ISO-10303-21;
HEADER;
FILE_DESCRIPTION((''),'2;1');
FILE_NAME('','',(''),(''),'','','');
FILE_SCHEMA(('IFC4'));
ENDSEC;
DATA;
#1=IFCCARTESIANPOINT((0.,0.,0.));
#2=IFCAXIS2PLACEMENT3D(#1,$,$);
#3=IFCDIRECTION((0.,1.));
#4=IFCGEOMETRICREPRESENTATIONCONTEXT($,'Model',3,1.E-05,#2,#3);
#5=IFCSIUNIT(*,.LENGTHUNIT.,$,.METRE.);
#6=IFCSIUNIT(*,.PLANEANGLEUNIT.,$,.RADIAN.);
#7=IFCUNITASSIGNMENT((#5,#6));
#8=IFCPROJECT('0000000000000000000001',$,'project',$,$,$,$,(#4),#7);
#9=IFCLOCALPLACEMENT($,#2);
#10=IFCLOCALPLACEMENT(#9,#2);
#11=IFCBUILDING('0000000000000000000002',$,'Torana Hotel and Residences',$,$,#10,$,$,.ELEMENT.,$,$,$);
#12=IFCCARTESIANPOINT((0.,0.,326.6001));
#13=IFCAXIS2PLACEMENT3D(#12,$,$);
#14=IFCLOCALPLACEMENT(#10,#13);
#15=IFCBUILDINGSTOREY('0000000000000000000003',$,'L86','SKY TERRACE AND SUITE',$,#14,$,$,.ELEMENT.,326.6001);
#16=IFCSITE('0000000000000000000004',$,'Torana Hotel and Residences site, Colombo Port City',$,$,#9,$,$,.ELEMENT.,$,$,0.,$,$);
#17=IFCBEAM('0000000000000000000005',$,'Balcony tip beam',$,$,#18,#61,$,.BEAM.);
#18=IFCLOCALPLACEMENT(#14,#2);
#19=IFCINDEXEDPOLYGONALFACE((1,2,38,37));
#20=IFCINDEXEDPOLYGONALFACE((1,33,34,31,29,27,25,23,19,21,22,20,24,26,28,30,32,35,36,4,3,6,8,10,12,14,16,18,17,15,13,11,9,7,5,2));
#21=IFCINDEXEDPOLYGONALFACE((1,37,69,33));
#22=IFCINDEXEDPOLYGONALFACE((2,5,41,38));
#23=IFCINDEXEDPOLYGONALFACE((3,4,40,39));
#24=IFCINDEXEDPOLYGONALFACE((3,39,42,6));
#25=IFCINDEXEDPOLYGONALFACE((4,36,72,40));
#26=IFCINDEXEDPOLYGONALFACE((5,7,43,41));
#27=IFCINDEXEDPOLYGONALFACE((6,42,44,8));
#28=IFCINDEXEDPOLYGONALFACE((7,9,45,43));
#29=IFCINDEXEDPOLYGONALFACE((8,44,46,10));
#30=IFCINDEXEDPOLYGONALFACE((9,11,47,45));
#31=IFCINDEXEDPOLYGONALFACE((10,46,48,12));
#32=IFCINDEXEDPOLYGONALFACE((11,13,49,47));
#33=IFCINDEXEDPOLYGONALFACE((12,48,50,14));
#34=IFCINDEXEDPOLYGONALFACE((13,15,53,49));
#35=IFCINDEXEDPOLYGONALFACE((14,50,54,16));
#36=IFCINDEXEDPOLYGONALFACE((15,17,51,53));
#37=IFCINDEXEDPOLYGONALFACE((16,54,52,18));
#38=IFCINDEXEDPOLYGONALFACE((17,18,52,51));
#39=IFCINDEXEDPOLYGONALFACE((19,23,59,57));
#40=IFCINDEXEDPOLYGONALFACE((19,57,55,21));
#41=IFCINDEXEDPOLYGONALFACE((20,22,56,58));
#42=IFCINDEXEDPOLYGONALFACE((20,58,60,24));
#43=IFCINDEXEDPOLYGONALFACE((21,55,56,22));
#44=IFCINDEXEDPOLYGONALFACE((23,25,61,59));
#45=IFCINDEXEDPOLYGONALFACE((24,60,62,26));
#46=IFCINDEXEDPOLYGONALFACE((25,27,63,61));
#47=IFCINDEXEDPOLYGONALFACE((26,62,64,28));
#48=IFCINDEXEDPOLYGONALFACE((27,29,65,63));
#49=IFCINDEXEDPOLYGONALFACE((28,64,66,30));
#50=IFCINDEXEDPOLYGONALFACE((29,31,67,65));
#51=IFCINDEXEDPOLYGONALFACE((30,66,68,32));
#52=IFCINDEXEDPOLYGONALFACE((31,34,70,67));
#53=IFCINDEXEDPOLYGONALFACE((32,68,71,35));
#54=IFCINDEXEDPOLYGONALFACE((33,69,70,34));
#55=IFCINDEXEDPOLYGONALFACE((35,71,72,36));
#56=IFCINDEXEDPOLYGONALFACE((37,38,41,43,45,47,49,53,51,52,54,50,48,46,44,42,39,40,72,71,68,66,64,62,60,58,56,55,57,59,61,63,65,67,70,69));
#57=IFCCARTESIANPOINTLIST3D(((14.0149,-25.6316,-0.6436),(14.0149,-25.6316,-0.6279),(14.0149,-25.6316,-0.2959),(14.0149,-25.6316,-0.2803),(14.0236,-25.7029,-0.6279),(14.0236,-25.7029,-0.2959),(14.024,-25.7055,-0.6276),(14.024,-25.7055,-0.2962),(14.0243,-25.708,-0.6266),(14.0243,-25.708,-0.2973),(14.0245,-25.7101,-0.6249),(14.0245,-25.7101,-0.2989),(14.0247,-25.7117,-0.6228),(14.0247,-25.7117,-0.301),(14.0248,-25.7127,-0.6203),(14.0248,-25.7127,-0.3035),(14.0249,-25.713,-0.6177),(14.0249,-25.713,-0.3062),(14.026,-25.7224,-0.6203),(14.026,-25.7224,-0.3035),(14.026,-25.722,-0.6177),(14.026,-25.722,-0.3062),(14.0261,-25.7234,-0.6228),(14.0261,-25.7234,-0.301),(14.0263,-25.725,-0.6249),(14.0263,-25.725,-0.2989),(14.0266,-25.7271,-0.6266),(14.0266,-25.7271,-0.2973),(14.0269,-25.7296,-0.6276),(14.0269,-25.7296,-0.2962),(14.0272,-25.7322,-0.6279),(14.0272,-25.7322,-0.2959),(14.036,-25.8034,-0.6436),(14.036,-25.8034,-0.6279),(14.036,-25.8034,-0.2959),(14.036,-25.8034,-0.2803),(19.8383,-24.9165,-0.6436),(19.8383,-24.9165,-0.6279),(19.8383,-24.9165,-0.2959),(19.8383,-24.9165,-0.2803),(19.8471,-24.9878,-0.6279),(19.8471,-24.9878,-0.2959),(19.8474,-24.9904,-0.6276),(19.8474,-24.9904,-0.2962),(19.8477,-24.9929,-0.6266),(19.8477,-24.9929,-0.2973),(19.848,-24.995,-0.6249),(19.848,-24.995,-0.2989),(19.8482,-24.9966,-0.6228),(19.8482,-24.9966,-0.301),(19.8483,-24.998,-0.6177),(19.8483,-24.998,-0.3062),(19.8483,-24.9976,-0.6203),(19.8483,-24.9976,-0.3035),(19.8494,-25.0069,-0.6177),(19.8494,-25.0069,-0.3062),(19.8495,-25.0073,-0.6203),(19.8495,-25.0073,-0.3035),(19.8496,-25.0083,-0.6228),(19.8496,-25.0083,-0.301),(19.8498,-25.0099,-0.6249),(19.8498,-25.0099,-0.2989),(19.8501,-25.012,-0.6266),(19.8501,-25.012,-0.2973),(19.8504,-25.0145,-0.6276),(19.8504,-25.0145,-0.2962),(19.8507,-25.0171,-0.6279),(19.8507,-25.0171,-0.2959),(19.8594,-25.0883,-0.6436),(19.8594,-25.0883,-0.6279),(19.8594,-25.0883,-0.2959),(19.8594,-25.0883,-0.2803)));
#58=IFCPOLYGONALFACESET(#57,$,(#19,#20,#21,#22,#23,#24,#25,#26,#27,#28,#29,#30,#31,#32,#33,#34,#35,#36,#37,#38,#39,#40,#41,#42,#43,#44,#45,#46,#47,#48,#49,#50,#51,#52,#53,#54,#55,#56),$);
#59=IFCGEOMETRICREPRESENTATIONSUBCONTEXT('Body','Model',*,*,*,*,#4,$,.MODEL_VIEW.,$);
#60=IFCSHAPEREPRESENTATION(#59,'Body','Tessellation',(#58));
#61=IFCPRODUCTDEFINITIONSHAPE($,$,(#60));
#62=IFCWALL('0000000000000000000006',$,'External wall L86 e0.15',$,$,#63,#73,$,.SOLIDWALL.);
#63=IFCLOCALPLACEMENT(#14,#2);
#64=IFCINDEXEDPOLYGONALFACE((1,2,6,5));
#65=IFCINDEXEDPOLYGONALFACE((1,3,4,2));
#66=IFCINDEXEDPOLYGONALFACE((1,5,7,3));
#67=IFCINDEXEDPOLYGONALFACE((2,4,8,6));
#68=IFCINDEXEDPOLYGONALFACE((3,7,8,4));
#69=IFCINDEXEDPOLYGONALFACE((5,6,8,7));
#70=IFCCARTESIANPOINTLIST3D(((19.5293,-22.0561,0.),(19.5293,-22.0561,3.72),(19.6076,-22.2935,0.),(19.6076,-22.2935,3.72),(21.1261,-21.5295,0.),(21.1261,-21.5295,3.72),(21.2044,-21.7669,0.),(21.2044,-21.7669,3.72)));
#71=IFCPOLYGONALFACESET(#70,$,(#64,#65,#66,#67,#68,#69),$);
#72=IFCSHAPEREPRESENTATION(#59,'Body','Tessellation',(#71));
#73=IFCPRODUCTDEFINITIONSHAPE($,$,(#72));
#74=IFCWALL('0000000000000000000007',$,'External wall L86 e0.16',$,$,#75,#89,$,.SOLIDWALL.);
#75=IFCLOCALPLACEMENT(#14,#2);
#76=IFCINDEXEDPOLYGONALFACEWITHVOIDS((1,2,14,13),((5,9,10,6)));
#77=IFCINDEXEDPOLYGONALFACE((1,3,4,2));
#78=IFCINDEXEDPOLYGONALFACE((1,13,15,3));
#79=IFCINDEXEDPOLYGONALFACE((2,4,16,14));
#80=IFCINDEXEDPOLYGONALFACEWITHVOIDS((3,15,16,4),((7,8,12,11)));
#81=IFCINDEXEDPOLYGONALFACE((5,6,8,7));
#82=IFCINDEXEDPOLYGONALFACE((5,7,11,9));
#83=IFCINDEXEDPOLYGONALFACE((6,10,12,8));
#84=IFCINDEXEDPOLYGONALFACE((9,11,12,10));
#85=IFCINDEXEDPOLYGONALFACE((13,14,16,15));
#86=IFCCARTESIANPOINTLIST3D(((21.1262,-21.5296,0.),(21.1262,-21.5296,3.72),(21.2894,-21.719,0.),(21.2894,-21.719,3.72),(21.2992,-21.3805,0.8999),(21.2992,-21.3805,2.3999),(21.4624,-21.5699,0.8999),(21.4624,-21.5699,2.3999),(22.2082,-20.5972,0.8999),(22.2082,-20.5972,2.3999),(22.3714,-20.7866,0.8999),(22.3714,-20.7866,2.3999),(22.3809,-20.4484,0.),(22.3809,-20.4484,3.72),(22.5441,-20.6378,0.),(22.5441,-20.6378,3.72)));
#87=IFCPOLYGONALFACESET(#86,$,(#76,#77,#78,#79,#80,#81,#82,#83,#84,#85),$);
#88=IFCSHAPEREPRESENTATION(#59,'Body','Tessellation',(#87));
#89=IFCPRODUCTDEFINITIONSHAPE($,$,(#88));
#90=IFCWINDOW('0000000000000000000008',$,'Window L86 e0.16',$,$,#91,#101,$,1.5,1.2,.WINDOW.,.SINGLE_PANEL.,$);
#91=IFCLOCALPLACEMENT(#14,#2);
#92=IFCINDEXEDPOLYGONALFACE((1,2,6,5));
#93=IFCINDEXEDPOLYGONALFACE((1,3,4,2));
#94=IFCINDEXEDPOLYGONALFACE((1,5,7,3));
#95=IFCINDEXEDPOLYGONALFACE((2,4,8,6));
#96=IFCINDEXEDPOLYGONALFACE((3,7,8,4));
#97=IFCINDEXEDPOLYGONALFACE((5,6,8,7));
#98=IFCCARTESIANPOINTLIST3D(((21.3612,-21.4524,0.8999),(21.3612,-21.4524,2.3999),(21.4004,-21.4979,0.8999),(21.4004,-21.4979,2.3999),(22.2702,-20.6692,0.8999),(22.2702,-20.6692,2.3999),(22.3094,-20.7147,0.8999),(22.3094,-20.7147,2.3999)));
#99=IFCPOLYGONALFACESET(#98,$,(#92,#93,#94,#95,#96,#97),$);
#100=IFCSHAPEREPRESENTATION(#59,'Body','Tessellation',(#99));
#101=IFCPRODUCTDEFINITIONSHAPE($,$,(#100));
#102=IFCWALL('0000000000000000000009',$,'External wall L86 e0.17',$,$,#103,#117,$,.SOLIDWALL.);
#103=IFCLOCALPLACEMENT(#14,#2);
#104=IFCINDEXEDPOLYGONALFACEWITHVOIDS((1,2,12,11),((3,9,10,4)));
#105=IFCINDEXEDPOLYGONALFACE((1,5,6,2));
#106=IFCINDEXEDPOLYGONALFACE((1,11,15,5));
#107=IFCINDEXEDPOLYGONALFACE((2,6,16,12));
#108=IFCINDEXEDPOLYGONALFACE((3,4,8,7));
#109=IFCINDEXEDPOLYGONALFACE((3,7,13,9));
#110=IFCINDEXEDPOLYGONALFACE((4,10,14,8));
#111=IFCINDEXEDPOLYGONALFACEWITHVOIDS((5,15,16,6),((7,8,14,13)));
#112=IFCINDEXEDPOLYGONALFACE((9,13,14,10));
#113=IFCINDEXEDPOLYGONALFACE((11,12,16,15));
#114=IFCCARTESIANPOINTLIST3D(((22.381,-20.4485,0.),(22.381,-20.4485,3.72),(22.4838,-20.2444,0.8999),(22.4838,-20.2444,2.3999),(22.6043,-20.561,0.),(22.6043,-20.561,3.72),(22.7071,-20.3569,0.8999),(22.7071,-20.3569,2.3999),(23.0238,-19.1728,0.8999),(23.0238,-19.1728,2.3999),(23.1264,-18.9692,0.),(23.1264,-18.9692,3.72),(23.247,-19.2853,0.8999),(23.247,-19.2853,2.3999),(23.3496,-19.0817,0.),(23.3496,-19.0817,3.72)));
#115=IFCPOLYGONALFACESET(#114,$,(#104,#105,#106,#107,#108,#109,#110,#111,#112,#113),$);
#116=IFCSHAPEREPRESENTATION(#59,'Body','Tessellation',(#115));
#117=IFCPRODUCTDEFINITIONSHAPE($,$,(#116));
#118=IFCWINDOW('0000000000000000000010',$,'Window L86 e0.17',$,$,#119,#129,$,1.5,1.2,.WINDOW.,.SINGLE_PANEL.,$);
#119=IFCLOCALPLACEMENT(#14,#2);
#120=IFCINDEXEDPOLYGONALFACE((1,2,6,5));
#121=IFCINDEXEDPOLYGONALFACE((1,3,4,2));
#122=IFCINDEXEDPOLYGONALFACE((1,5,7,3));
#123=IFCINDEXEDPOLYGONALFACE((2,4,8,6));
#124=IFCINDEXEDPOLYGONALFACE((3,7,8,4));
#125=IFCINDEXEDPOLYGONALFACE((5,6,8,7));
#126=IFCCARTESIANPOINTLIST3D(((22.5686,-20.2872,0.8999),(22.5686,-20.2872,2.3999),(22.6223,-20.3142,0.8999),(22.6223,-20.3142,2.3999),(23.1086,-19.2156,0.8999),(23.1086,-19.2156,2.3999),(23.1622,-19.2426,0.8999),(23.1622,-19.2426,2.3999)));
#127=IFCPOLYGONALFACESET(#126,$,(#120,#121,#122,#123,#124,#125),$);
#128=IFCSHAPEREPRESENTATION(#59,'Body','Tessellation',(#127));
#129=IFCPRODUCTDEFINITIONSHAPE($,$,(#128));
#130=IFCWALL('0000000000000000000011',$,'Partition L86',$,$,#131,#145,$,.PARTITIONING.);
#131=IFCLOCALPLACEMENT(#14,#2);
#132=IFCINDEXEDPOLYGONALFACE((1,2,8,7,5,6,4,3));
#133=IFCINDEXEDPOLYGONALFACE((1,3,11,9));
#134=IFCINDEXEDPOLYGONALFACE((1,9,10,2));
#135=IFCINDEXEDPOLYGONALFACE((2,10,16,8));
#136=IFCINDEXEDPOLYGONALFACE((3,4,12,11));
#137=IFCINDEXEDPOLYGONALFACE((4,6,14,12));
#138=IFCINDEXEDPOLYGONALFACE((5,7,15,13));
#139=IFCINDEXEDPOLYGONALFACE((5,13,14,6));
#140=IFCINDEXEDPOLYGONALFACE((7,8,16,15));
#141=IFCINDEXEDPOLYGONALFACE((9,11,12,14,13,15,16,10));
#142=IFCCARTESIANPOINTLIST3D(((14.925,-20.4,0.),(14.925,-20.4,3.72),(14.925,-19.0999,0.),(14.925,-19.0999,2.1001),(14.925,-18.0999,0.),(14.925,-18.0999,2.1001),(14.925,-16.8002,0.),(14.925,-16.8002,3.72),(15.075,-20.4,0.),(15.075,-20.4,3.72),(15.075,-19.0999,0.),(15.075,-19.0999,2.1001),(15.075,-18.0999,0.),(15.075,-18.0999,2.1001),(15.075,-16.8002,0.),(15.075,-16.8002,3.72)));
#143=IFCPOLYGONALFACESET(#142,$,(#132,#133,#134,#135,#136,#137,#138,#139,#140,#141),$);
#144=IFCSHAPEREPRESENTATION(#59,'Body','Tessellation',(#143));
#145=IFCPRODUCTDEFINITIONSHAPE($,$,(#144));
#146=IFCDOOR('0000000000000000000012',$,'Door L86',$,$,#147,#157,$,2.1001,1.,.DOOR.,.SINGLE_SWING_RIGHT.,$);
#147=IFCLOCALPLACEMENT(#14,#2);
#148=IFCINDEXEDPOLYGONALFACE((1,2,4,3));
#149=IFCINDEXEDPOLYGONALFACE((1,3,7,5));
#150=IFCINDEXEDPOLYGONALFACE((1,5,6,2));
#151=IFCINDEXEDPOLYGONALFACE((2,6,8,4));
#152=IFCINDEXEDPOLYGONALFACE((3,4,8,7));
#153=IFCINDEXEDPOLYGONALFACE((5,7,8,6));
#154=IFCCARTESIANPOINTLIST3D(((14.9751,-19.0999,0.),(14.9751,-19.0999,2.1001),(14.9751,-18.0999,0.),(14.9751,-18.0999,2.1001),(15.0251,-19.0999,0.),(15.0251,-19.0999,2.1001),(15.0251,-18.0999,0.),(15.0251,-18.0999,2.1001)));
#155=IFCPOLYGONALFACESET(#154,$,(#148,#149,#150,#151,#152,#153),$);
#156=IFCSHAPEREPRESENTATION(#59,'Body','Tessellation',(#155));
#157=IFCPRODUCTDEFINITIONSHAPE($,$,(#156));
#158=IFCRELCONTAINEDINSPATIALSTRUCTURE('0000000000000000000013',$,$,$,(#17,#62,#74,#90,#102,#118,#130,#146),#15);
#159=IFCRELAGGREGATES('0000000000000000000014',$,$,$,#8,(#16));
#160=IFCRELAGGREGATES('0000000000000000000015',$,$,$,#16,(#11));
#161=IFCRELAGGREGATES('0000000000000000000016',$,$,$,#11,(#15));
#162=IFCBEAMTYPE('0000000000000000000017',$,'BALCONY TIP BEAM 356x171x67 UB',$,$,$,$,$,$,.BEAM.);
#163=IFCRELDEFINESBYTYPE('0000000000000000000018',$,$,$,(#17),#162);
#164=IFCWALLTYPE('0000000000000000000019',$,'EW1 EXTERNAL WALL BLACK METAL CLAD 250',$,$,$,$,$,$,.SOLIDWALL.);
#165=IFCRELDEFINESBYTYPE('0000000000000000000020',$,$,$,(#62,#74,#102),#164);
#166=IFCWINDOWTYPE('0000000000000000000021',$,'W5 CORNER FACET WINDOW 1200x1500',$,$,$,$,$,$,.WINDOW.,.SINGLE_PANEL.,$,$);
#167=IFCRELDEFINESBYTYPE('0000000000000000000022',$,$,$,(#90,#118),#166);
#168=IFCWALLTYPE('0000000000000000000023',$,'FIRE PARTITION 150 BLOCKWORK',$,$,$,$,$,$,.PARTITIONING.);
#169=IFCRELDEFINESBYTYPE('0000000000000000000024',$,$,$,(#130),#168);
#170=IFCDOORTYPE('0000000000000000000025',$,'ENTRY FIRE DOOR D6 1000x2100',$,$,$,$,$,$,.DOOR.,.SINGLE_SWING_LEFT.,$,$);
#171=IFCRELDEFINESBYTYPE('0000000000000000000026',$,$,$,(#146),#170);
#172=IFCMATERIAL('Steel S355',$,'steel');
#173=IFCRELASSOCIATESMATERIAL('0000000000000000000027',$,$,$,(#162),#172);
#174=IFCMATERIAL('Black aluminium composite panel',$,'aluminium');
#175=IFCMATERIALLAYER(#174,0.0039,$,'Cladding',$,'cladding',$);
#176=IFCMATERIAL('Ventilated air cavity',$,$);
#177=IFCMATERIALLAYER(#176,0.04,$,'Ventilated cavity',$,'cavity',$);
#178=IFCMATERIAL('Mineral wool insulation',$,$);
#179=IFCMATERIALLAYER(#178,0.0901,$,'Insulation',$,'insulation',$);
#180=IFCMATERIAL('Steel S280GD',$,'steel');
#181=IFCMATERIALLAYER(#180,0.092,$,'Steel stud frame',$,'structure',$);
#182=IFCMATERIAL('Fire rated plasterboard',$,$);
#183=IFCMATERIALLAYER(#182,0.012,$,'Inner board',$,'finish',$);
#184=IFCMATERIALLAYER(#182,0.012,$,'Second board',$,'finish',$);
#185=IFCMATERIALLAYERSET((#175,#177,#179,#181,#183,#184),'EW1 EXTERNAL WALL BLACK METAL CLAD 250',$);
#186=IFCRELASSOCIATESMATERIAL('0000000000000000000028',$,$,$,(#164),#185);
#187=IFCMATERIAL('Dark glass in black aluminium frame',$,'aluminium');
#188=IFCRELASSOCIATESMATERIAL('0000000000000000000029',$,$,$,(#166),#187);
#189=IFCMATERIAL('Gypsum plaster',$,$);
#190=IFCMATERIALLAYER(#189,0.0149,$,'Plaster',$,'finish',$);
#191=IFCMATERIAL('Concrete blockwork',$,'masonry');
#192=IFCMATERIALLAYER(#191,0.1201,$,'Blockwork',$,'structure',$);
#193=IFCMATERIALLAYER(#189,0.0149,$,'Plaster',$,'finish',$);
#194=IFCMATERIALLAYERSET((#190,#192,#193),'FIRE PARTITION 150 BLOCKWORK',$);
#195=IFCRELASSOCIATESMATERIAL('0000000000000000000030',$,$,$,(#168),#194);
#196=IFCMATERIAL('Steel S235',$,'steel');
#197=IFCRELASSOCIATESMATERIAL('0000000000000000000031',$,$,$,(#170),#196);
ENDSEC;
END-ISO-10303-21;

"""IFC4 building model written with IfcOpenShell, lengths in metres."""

from ifc_helpers import new_model, si_unit, direction, frame, frame_2d, origin, origin_2d, place, context, subcontext, project, spatial, rectangle, i_section, extrude, material, layer, layer_set, material_profile, profile_set, type_object, element, fill, save


model = new_model("IFC4")

# Units and contexts
model_context = context("Model", 3, precision=1e-05, world=origin(), true_north=direction((0.0, 1.0)))
body_context = subcontext(model_context, "Body", "Model", "MODEL_VIEW")
ifc_project = project(units=[si_unit("LENGTHUNIT", "METRE"), si_unit("PLANEANGLEUNIT", "RADIAN")], contexts=[model_context])

# Site, building, storey
site_placement = place(None, origin())
site = spatial("IfcSite", under=ifc_project, at=site_placement, Name="Torana Hotel and Residences site, Colombo Port City", CompositionType="ELEMENT", RefElevation=0.0)
building_placement = place(site_placement, origin())
building = spatial("IfcBuilding", under=site, at=building_placement, Name="Torana Hotel and Residences", CompositionType="ELEMENT")
storey_placement = place(building_placement, frame((0.0, 0.0, 326.6001)))
storey = spatial("IfcBuildingStorey", under=building, at=storey_placement, Name="L86", Description="SKY TERRACE AND SUITE", CompositionType="ELEMENT", Elevation=326.6001)

# Beam
ifc_material_1 = material(Name="Steel S355", Category="steel")
ifc_material_profile_1 = material_profile(ifc_material_1, i_section(OverallWidth=0.1731, OverallDepth=0.3633, WebThickness=0.009, FlangeThickness=0.0156, FilletRadius=0.0103, at=origin_2d()), Name="356x171x67 UB")
ifc_profile_set_1 = profile_set([ifc_material_profile_1], Name="Steel S355")
beam_type_1 = type_object("IfcBeamType", Name="BALCONY TIP BEAM 356x171x67 UB", PredefinedType="BEAM", material=ifc_profile_set_1)
beam_1_placement = place(storey_placement, frame((19.8489, -25.0024, -0.4619), z_axis=(-0.992545, -0.121878, 0.0), x_axis=(0.121878, -0.992545, 0.0)))
element("IfcBeam", 1, at=beam_1_placement, inside=storey, type_object=beam_type_1, Name="Balcony tip beam", PredefinedType="BEAM", context=body_context, shape_type="SweptSolid", body=[
    extrude(i_section(OverallWidth=0.1731, OverallDepth=0.3633, WebThickness=0.009, FlangeThickness=0.0156, FilletRadius=0.0103, at=origin_2d()), origin(), (0.0, 0.0, 1.0), 5.8672),
])

# Wall
ifc_material_2 = material(Name="Black aluminium composite panel", Category="aluminium")
ifc_layer_1 = layer(ifc_material_2, 0.0039, Name="Cladding", Category="cladding")
ifc_material_3 = material(Name="Ventilated air cavity")
ifc_layer_2 = layer(ifc_material_3, 0.04, Name="Ventilated cavity", Category="cavity")
ifc_material_4 = material(Name="Mineral wool insulation")
ifc_layer_3 = layer(ifc_material_4, 0.0901, Name="Insulation", Category="insulation")
ifc_material_5 = material(Name="Steel S280GD", Category="steel")
ifc_layer_4 = layer(ifc_material_5, 0.092, Name="Steel stud frame", Category="structure")
ifc_material_6 = material(Name="Fire rated plasterboard")
ifc_layer_5 = layer(ifc_material_6, 0.012, Name="Inner board", Category="finish")
ifc_layer_6 = layer(ifc_material_6, 0.012, Name="Second board", Category="finish")
ifc_layer_set_1 = layer_set([ifc_layer_1, ifc_layer_2, ifc_layer_3, ifc_layer_4, ifc_layer_5, ifc_layer_6], Name="EW1 EXTERNAL WALL BLACK METAL CLAD 250")
wall_type_1 = type_object("IfcWallType", Name="EW1 EXTERNAL WALL BLACK METAL CLAD 250", PredefinedType="SOLIDWALL", material=ifc_layer_set_1)
wall_1_placement = place(storey_placement, frame((19.5684, -22.1748, 0.0), z_axis=(0.0, 0.0, 1.0), x_axis=(0.949695, 0.313177, 0.0)))
element("IfcWall", 2, at=wall_1_placement, inside=storey, type_object=wall_type_1, Name="External wall L86 e0.15", PredefinedType="SOLIDWALL", context=body_context, shape_type="SweptSolid", body=[
    extrude(rectangle(XDim=1.6814, YDim=0.25, at=frame_2d((0.8408, 0.0))), origin(), (0.0, 0.0, 1.0), 3.72),
])

# Walls, openings, windows
wall_2_placement = place(storey_placement, frame((21.2078, -21.6243, 0.0), z_axis=(0.0, 0.0, 1.0), x_axis=(0.757568, 0.652756, 0.0)))
wall_2 = element("IfcWall", 3, at=wall_2_placement, inside=storey, type_object=wall_type_1, Name="External wall L86 e0.16", PredefinedType="SOLIDWALL", context=body_context, shape_type="SweptSolid", body=[
    extrude(rectangle(XDim=1.6562, YDim=0.25, at=frame_2d((0.8281, 0.0))), origin(), (0.0, 0.0, 1.0), 3.72),
])
opening_1_placement = place(wall_2_placement, frame((0.2283, 0.0, 0.8999)))
opening_1 = element("IfcOpeningElement", 4, at=opening_1_placement, cuts=wall_2, PredefinedType="OPENING", context=body_context, shape_type="SweptSolid", body=[
    extrude(rectangle(XDim=1.2, YDim=1.5, at=frame_2d((0.6001, 0.75))), frame((0.0, 0.135, 0.0), z_axis=(0.0, -1.0, 0.0), x_axis=(1.0, 0.0, 0.0)), (0.0, 0.0, 1.0), 0.27),
])
ifc_material_7 = material(Name="Dark glass in black aluminium frame", Category="aluminium")
window_type = type_object("IfcWindowType", Name="W5 CORNER FACET WINDOW 1200x1500", PartitioningType="SINGLE_PANEL", PredefinedType="WINDOW", material=ifc_material_7)
window_1_placement = place(opening_1_placement, origin())
window_1 = element("IfcWindow", 5, at=window_1_placement, inside=storey, type_object=window_type, Name="Window L86 e0.16", OverallHeight=1.5, OverallWidth=1.2, PartitioningType="SINGLE_PANEL", PredefinedType="WINDOW", context=body_context, shape_type="SweptSolid", body=[
    extrude(rectangle(XDim=1.2, YDim=1.5, at=frame_2d((0.6001, 0.75))), frame((0.0, 0.03, 0.0), z_axis=(0.0, -1.0, 0.0), x_axis=(1.0, 0.0, 0.0)), (0.0, 0.0, 1.0), 0.0601),
])
fill(opening_1, window_1)
wall_3_placement = place(storey_placement, frame((22.4927, -20.5046, 0.0), z_axis=(0.0, 0.0, 1.0), x_axis=(0.449982, 0.893037, 0.0)))
wall_3 = element("IfcWall", 6, at=wall_3_placement, inside=storey, type_object=wall_type_1, Name="External wall L86 e0.17", PredefinedType="SOLIDWALL", context=body_context, shape_type="SweptSolid", body=[
    extrude(rectangle(XDim=1.6565, YDim=0.25, at=frame_2d((0.8281, 0.0))), origin(), (0.0, 0.0, 1.0), 3.72),
])
opening_2_placement = place(wall_3_placement, frame((0.2283, 0.0, 0.8999)))
opening_2 = element("IfcOpeningElement", 7, at=opening_2_placement, cuts=wall_3, PredefinedType="OPENING", context=body_context, shape_type="SweptSolid", body=[
    extrude(rectangle(XDim=1.2, YDim=1.5, at=frame_2d((0.6001, 0.75))), frame((0.0, 0.135, 0.0), z_axis=(0.0, -1.0, 0.0), x_axis=(1.0, 0.0, 0.0)), (0.0, 0.0, 1.0), 0.27),
])
window_2_placement = place(opening_2_placement, origin())
window_2 = element("IfcWindow", 8, at=window_2_placement, inside=storey, type_object=window_type, Name="Window L86 e0.17", OverallHeight=1.5, OverallWidth=1.2, PartitioningType="SINGLE_PANEL", PredefinedType="WINDOW", context=body_context, shape_type="SweptSolid", body=[
    extrude(rectangle(XDim=1.2, YDim=1.5, at=frame_2d((0.6001, 0.75))), frame((0.0, 0.03, 0.0), z_axis=(0.0, -1.0, 0.0), x_axis=(1.0, 0.0, 0.0)), (0.0, 0.0, 1.0), 0.0601),
])
fill(opening_2, window_2)

# Wall, opening, door
ifc_material_8 = material(Name="Gypsum plaster")
ifc_layer_7 = layer(ifc_material_8, 0.0149, Name="Plaster", Category="finish")
ifc_material_9 = material(Name="Concrete blockwork", Category="masonry")
ifc_layer_8 = layer(ifc_material_9, 0.1201, Name="Blockwork", Category="structure")
ifc_layer_9 = layer(ifc_material_8, 0.0149, Name="Plaster", Category="finish")
ifc_layer_set_2 = layer_set([ifc_layer_7, ifc_layer_8, ifc_layer_9], Name="FIRE PARTITION 150 BLOCKWORK")
wall_type_2 = type_object("IfcWallType", Name="FIRE PARTITION 150 BLOCKWORK", PredefinedType="PARTITIONING", material=ifc_layer_set_2)
wall_4_placement = place(storey_placement, frame((15.0, -20.3999, 0.0), z_axis=(0.0, 0.0, 1.0), x_axis=(0.0, 1.0, 0.0)))
wall_4 = element("IfcWall", 9, at=wall_4_placement, inside=storey, type_object=wall_type_2, Name="Partition L86", PredefinedType="PARTITIONING", context=body_context, shape_type="SweptSolid", body=[
    extrude(rectangle(XDim=3.5999, YDim=0.1499, at=frame_2d((1.7998, 0.0))), origin(), (0.0, 0.0, 1.0), 3.72),
])
opening_3_placement = place(wall_4_placement, frame((1.3, 0.0, 0.0)))
opening_3 = element("IfcOpeningElement", 10, at=opening_3_placement, cuts=wall_4, PredefinedType="OPENING", context=body_context, shape_type="SweptSolid", body=[
    extrude(rectangle(XDim=1.0, YDim=2.1001, at=frame_2d((0.5, 1.05))), frame((0.0, 0.085, 0.0), z_axis=(0.0, -1.0, 0.0), x_axis=(1.0, 0.0, 0.0)), (0.0, 0.0, 1.0), 0.1699),
])
ifc_material_10 = material(Name="Steel S235", Category="steel")
door_type_1 = type_object("IfcDoorType", Name="ENTRY FIRE DOOR D6 1000x2100", OperationType="SINGLE_SWING_LEFT", PredefinedType="DOOR", material=ifc_material_10)
door_1_placement = place(opening_3_placement, origin())
door_1 = element("IfcDoor", 11, at=door_1_placement, inside=storey, type_object=door_type_1, Name="Door L86", OperationType="SINGLE_SWING_RIGHT", OverallHeight=2.1001, OverallWidth=1.0, PredefinedType="DOOR", context=body_context, shape_type="SweptSolid", body=[
    extrude(rectangle(XDim=1.0, YDim=2.1001, at=frame_2d((0.5, 1.05))), frame((0.0, 0.0249, 0.0), z_axis=(0.0, -1.0, 0.0), x_axis=(1.0, 0.0, 0.0)), (0.0, 0.0, 1.0), 0.05),
])
fill(opening_3, door_1)

save(model, "model.ifc")
